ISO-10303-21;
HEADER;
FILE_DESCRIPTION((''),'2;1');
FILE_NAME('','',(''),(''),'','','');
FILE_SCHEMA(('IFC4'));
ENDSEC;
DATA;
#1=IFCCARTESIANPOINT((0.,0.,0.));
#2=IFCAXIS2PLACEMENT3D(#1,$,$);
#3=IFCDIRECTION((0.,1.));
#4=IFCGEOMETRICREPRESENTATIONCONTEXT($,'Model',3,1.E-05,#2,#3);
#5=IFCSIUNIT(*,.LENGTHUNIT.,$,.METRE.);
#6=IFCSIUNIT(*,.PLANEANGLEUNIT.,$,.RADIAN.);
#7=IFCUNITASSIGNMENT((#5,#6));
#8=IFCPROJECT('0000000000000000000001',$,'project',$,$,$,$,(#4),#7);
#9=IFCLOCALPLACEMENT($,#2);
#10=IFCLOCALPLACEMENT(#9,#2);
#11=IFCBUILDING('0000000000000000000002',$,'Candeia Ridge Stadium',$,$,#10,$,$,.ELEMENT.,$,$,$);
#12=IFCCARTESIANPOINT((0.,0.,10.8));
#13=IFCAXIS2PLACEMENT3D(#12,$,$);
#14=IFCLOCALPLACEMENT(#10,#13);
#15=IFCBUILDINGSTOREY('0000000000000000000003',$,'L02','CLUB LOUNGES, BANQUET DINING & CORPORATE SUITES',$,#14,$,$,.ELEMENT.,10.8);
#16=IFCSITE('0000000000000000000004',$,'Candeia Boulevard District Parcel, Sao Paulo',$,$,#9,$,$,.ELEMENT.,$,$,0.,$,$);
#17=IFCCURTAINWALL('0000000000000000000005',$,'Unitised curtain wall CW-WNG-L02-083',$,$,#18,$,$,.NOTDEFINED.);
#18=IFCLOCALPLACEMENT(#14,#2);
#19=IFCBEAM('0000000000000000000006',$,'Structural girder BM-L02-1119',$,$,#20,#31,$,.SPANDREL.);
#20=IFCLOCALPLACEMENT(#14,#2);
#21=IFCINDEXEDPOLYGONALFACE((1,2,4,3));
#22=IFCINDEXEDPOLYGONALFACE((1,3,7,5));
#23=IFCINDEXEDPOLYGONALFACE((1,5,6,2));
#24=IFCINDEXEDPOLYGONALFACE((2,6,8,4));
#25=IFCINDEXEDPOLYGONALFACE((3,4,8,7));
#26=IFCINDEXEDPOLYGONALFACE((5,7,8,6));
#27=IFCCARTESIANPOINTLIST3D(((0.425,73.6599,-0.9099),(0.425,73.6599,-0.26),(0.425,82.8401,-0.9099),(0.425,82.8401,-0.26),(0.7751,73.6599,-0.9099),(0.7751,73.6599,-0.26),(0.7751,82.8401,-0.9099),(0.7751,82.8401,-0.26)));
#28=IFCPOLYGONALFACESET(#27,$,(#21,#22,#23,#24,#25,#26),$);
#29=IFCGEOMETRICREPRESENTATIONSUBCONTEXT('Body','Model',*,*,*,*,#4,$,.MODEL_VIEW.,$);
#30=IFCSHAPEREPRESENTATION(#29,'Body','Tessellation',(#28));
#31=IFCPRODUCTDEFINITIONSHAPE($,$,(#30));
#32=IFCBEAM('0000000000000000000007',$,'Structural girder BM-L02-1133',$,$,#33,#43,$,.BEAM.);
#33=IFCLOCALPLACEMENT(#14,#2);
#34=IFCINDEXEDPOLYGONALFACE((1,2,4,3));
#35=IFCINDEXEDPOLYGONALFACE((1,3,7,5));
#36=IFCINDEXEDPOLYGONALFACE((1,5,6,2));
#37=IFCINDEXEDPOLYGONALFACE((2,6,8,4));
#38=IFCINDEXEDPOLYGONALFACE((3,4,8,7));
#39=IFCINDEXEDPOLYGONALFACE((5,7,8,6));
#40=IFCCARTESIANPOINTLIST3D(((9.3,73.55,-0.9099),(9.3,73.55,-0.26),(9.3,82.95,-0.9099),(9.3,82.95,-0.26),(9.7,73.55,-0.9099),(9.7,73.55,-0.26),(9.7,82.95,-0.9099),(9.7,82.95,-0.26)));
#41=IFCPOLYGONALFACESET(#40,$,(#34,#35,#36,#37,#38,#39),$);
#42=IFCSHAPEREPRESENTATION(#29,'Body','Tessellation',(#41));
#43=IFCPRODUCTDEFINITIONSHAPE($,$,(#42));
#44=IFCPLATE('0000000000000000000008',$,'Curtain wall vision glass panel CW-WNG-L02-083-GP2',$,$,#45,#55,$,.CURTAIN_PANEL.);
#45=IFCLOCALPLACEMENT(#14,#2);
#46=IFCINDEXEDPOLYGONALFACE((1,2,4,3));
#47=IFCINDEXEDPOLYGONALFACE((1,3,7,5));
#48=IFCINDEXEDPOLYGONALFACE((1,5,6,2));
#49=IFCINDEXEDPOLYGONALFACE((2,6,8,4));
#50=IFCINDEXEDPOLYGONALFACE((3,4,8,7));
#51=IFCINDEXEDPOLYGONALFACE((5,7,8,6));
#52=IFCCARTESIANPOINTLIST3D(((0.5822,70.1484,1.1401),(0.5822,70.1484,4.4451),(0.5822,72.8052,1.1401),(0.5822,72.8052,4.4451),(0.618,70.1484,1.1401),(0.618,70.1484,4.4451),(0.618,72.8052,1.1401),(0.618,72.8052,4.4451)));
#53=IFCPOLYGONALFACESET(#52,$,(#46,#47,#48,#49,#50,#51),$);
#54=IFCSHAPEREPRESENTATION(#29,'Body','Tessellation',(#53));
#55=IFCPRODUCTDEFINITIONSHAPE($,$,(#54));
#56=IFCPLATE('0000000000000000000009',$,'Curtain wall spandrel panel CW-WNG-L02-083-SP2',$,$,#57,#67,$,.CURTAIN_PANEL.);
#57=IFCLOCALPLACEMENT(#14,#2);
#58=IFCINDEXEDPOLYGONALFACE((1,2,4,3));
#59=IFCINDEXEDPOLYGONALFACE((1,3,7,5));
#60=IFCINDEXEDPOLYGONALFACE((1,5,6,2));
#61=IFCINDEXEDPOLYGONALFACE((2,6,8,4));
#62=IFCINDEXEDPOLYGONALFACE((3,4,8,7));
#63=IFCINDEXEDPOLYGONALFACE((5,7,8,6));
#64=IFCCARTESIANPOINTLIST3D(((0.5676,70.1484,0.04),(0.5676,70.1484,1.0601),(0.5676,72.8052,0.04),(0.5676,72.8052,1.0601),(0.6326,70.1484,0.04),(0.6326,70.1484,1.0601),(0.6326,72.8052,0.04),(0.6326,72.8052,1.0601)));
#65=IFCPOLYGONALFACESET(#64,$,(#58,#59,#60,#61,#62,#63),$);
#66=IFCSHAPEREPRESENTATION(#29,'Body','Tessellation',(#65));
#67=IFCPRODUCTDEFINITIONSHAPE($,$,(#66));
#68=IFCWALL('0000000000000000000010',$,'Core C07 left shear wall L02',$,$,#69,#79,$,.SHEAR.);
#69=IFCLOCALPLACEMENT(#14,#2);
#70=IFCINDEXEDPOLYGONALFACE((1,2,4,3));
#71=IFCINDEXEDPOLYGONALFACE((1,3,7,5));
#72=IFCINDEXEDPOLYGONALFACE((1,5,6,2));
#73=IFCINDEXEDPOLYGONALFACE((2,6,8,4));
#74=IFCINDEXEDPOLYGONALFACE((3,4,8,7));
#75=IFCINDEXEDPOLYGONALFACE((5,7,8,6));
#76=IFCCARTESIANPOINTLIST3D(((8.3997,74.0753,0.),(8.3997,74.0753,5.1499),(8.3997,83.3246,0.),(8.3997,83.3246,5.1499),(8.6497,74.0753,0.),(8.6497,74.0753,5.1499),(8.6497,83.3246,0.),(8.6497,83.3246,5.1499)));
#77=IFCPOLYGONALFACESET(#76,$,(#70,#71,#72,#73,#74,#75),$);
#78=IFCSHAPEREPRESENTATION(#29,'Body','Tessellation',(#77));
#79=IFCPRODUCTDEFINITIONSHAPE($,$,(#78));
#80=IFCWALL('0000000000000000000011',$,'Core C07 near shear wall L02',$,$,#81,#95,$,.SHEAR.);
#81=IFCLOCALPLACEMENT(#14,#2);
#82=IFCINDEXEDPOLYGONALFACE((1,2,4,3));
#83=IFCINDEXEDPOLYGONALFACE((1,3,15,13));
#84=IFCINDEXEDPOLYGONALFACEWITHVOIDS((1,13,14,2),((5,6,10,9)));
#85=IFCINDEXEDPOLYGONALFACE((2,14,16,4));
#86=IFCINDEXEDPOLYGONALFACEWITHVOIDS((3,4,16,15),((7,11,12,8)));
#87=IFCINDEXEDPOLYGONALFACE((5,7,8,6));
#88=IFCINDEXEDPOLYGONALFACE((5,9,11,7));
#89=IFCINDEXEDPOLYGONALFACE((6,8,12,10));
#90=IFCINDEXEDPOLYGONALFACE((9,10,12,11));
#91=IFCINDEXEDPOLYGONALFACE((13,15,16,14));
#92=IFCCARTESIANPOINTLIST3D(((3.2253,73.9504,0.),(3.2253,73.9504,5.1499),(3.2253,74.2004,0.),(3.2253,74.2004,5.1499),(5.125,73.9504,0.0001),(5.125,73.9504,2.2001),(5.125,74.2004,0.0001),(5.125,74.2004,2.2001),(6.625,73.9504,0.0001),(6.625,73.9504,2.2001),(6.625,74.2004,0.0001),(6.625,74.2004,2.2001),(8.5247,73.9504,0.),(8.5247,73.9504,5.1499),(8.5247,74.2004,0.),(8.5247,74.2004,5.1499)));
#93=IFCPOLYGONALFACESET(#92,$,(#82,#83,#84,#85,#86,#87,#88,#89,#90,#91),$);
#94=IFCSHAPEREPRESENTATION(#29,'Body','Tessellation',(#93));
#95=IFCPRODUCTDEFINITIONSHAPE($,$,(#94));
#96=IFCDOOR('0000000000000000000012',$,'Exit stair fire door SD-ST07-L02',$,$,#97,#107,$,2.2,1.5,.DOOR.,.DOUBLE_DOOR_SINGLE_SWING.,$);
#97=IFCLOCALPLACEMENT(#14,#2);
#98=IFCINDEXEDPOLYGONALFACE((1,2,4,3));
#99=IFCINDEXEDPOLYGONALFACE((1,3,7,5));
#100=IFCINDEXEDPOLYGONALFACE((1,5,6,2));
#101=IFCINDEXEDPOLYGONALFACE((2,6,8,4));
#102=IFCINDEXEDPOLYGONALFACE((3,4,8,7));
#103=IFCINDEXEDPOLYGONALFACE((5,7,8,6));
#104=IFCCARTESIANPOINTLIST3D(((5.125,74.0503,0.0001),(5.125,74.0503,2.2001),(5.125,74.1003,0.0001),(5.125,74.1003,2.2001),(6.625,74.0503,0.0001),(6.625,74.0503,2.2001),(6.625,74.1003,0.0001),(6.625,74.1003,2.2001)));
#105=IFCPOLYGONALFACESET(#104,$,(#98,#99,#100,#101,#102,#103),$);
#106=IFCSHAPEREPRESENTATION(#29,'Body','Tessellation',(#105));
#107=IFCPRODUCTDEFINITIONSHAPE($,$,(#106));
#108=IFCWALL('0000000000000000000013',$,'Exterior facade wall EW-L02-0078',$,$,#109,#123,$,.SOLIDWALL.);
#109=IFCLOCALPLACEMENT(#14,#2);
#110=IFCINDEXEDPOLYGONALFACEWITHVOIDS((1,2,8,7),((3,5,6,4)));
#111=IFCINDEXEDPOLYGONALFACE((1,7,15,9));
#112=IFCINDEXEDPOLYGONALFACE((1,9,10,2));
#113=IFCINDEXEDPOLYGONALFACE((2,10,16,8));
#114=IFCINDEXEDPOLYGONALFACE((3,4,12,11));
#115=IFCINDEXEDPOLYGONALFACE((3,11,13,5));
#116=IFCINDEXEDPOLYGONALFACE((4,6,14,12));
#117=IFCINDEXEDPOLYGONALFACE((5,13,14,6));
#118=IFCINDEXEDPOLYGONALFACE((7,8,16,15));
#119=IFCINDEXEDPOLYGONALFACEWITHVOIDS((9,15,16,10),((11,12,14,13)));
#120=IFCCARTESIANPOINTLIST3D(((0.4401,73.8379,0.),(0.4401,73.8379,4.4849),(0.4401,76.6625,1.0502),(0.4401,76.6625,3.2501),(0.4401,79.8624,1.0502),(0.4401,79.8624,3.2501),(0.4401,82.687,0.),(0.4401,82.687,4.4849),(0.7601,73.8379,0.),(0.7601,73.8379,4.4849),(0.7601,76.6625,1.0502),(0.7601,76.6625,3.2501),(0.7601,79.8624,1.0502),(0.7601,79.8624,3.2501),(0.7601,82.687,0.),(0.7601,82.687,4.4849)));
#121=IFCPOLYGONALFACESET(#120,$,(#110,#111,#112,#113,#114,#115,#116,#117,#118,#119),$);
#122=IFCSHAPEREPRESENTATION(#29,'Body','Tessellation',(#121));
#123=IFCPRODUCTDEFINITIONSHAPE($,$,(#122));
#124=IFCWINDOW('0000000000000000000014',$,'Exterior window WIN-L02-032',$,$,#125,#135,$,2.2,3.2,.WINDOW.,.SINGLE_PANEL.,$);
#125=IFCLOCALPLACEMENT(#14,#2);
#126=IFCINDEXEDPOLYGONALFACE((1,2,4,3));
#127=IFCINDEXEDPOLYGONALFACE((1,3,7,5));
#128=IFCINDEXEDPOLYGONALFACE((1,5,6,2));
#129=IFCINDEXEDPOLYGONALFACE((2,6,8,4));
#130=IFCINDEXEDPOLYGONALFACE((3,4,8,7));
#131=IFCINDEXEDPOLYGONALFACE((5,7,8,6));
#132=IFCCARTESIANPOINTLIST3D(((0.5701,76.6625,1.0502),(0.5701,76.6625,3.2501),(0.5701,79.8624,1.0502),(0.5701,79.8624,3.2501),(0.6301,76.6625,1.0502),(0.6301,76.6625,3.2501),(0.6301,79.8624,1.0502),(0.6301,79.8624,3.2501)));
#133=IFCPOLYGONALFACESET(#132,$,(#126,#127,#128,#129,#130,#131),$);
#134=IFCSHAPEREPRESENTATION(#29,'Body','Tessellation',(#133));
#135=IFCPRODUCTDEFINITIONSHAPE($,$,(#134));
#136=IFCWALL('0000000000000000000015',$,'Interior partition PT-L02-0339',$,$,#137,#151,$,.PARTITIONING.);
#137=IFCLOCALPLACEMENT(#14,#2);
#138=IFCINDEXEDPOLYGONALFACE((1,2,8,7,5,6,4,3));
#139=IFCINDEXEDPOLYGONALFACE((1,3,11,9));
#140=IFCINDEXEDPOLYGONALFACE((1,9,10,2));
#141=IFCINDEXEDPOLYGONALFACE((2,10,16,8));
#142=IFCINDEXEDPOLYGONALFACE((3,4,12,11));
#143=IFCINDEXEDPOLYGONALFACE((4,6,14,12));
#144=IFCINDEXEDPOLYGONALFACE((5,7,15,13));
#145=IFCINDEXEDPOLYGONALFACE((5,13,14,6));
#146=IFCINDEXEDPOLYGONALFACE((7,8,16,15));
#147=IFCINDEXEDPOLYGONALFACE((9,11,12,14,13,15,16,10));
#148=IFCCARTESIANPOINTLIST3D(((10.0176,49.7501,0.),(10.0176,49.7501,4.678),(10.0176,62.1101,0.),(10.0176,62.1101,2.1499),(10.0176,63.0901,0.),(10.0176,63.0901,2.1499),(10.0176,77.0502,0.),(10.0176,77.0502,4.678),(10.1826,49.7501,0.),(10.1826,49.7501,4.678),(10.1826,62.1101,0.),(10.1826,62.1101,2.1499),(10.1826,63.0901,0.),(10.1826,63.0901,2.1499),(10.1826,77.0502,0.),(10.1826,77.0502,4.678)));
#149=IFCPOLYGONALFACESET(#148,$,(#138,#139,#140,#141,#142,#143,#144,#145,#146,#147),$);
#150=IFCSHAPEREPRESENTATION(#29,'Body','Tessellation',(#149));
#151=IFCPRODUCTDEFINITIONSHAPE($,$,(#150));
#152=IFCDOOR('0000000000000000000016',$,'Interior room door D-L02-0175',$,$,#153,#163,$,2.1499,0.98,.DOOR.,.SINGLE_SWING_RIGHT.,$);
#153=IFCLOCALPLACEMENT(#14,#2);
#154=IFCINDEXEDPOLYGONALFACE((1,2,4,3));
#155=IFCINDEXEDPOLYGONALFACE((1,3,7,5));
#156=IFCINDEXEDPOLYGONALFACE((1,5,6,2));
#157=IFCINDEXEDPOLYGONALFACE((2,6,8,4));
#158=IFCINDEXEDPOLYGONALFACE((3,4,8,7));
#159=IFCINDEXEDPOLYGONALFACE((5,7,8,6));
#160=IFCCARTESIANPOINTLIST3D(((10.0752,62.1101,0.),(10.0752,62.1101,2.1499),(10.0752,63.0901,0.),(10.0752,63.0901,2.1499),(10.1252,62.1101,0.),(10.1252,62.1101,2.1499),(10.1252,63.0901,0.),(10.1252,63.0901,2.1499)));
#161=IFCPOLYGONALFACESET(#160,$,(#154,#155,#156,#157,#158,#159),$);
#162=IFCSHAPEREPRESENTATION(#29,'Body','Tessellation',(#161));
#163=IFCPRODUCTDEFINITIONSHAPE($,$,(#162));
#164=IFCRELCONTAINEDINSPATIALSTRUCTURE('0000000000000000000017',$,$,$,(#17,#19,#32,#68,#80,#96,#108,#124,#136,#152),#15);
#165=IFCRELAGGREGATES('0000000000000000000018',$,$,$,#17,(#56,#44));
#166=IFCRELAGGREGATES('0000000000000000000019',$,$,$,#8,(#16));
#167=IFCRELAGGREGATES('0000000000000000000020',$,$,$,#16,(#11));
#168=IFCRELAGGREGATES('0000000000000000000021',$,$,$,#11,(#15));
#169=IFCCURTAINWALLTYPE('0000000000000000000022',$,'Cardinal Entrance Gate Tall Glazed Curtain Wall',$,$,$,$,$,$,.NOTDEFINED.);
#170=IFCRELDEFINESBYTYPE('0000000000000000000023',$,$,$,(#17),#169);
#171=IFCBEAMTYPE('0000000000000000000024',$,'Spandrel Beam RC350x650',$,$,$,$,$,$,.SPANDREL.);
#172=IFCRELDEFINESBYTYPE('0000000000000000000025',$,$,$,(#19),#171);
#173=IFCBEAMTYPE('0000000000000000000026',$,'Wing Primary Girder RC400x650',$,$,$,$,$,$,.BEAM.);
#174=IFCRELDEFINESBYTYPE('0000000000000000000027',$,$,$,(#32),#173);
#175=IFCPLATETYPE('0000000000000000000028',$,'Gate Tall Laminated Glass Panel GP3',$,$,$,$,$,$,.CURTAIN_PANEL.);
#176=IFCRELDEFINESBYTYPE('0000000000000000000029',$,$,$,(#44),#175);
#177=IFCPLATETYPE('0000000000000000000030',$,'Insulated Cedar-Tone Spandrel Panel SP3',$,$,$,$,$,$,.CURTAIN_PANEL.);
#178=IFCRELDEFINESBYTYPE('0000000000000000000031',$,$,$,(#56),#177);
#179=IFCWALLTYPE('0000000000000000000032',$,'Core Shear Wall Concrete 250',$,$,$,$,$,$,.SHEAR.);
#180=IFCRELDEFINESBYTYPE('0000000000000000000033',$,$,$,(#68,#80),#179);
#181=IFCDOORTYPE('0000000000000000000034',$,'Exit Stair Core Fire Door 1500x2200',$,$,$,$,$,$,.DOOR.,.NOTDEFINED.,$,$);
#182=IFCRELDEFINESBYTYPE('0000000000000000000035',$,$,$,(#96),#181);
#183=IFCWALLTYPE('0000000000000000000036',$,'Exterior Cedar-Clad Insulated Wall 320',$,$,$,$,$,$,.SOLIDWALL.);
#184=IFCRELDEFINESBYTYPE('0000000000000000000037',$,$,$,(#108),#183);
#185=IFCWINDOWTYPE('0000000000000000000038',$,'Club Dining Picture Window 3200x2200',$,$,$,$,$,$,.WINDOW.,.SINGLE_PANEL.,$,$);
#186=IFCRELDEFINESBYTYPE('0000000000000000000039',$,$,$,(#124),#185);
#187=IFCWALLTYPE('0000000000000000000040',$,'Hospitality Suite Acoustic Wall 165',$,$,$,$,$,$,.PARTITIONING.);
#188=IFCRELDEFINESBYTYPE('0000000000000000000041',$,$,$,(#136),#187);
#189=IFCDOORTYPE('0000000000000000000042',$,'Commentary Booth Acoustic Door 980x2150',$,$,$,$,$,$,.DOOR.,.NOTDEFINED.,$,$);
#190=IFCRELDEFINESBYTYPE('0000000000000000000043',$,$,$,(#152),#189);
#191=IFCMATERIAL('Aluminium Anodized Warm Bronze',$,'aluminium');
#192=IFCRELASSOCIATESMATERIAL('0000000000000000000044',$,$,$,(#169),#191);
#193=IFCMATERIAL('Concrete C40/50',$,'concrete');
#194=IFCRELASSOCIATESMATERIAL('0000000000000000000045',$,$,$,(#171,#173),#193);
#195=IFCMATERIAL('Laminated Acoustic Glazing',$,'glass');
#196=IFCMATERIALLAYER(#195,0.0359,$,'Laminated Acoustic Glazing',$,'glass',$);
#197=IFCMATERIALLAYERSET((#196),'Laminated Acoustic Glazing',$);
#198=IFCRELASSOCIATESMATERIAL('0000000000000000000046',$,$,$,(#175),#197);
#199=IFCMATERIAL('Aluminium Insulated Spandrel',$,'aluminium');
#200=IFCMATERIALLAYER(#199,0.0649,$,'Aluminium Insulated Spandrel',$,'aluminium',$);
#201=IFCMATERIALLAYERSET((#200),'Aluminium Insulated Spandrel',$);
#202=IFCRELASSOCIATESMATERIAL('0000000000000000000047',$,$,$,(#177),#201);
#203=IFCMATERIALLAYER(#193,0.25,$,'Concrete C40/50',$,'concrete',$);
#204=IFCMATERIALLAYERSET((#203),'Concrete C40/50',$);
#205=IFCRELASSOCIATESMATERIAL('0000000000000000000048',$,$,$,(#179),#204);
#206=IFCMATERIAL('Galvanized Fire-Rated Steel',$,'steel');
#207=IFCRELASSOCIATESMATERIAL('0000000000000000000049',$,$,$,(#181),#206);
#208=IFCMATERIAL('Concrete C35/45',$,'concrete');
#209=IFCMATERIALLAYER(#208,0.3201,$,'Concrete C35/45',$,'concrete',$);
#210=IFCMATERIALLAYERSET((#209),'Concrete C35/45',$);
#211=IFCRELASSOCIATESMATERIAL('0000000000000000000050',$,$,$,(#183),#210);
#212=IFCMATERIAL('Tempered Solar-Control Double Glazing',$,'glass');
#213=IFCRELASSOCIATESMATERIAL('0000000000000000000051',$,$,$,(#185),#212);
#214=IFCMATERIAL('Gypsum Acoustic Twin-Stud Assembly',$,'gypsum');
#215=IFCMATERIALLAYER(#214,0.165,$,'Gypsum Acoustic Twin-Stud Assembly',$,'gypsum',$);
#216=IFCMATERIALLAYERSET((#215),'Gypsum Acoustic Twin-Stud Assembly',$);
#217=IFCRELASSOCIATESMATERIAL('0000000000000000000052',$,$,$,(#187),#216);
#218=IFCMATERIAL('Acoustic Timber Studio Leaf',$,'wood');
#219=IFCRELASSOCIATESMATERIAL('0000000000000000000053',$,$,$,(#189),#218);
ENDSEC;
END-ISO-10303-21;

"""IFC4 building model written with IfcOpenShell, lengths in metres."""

from ifc_helpers import new_model, si_unit, direction, frame, frame_2d, origin, origin_2d, place, context, subcontext, project, spatial, rectangle, extrude, material, layer, layer_set, material_profile, profile_set, type_object, element, fill, aggregate, save


model = new_model("IFC4")

# Units and contexts
model_context = context("Model", 3, precision=1e-05, world=origin(), true_north=direction((0.0, 1.0)))
body_context = subcontext(model_context, "Body", "Model", "MODEL_VIEW")
ifc_project = project(units=[si_unit("LENGTHUNIT", "METRE"), si_unit("PLANEANGLEUNIT", "RADIAN")], contexts=[model_context])

# Site, building, storey
site_placement = place(None, origin())
site = spatial("IfcSite", under=ifc_project, at=site_placement, Name="Candeia Boulevard District Parcel, Sao Paulo", CompositionType="ELEMENT", RefElevation=0.0)
building_placement = place(site_placement, origin())
building = spatial("IfcBuilding", under=site, at=building_placement, Name="Candeia Ridge Stadium", CompositionType="ELEMENT")
storey_placement = place(building_placement, frame((0.0, 0.0, 10.8)))
storey = spatial("IfcBuildingStorey", under=building, at=storey_placement, Name="L02", Description="CLUB LOUNGES, BANQUET DINING & CORPORATE SUITES", CompositionType="ELEMENT", Elevation=10.8)

# Shared definitions
ifc_material_1 = material(Name="Concrete C40/50", Category="concrete")

# Curtain wall
ifc_material_2 = material(Name="Aluminium Anodized Warm Bronze", Category="aluminium")
curtain_wall_type = type_object("IfcCurtainWallType", Name="Cardinal Entrance Gate Tall Glazed Curtain Wall", PredefinedType="NOTDEFINED", material=ifc_material_2)
curtain_wall_placement = place(storey_placement, origin())
curtain_wall = element("IfcCurtainWall", 1, at=curtain_wall_placement, inside=storey, type_object=curtain_wall_type, Name="Unitised curtain wall CW-WNG-L02-083", PredefinedType="NOTDEFINED")

# Beams
ifc_material_profile_1 = material_profile(ifc_material_1, rectangle(XDim=0.3501, YDim=0.6499, at=origin_2d()), Name="RC350x650", Category="concrete")
ifc_profile_set_1 = profile_set([ifc_material_profile_1], Name="Concrete C40/50")
beam_type_1 = type_object("IfcBeamType", Name="Spandrel Beam RC350x650", PredefinedType="SPANDREL", material=ifc_profile_set_1)
beam_1_placement = place(storey_placement, frame((0.6001, 73.6599, -0.585), z_axis=(0.0, 1.0, 0.0), x_axis=(-1.0, 0.0, 0.0)))
element("IfcBeam", 2, at=beam_1_placement, inside=storey, type_object=beam_type_1, Name="Structural girder BM-L02-1119", PredefinedType="SPANDREL", context=body_context, shape_type="SweptSolid", body=[
    extrude(rectangle(XDim=0.3501, YDim=0.6499, at=origin_2d()), origin(), (0.0, 0.0, 1.0), 9.1802),
])
ifc_material_profile_2 = material_profile(ifc_material_1, rectangle(XDim=0.3999, YDim=0.6499, at=origin_2d()), Name="RC400x650", Category="concrete")
ifc_profile_set_2 = profile_set([ifc_material_profile_2], Name="Concrete C40/50")
beam_type_2 = type_object("IfcBeamType", Name="Wing Primary Girder RC400x650", PredefinedType="BEAM", material=ifc_profile_set_2)
beam_2_placement = place(storey_placement, frame((9.5, 73.55, -0.585), z_axis=(0.0, 1.0, 0.0), x_axis=(-1.0, 0.0, 0.0)))
element("IfcBeam", 3, at=beam_2_placement, inside=storey, type_object=beam_type_2, Name="Structural girder BM-L02-1133", PredefinedType="BEAM", context=body_context, shape_type="SweptSolid", body=[
    extrude(rectangle(XDim=0.3999, YDim=0.6499, at=origin_2d()), origin(), (0.0, 0.0, 1.0), 9.3999),
])

# Plates
ifc_material_3 = material(Name="Laminated Acoustic Glazing", Category="glass")
ifc_layer_1 = layer(ifc_material_3, 0.0359, Name="Laminated Acoustic Glazing", Category="glass")
ifc_layer_set_1 = layer_set([ifc_layer_1], Name="Laminated Acoustic Glazing")
plate_type_1 = type_object("IfcPlateType", Name="Gate Tall Laminated Glass Panel GP3", PredefinedType="CURTAIN_PANEL", material=ifc_layer_set_1)
plate_1_placement = place(storey_placement, frame((0.6001, 71.4768, 1.1401), z_axis=(0.0, 0.0, 1.0), x_axis=(0.0, 1.0, 0.0)))
plate_1 = element("IfcPlate", 4, at=plate_1_placement, type_object=plate_type_1, Name="Curtain wall vision glass panel CW-WNG-L02-083-GP2", PredefinedType="CURTAIN_PANEL", context=body_context, shape_type="SweptSolid", body=[
    extrude(rectangle(XDim=2.6567, YDim=0.0359, at=origin_2d()), origin(), (0.0, 0.0, 1.0), 3.3049),
])
ifc_material_4 = material(Name="Aluminium Insulated Spandrel", Category="aluminium")
ifc_layer_2 = layer(ifc_material_4, 0.0649, Name="Aluminium Insulated Spandrel", Category="aluminium")
ifc_layer_set_2 = layer_set([ifc_layer_2], Name="Aluminium Insulated Spandrel")
plate_type_2 = type_object("IfcPlateType", Name="Insulated Cedar-Tone Spandrel Panel SP3", PredefinedType="CURTAIN_PANEL", material=ifc_layer_set_2)
plate_2_placement = place(storey_placement, frame((0.6001, 71.4768, 0.04), z_axis=(0.0, 0.0, 1.0), x_axis=(0.0, 1.0, 0.0)))
plate_2 = element("IfcPlate", 5, at=plate_2_placement, type_object=plate_type_2, Name="Curtain wall spandrel panel CW-WNG-L02-083-SP2", PredefinedType="CURTAIN_PANEL", context=body_context, shape_type="SweptSolid", body=[
    extrude(rectangle(XDim=2.6567, YDim=0.0649, at=origin_2d()), origin(), (0.0, 0.0, 1.0), 1.02),
])
aggregate(curtain_wall, [plate_2, plate_1])

# Wall
ifc_layer_3 = layer(ifc_material_1, 0.25, Name="Concrete C40/50", Category="concrete")
ifc_layer_set_3 = layer_set([ifc_layer_3], Name="Concrete C40/50")
wall_type_1 = type_object("IfcWallType", Name="Core Shear Wall Concrete 250", PredefinedType="SHEAR", material=ifc_layer_set_3)
wall_1_placement = place(storey_placement, frame((8.5247, 74.0754, 0.0), z_axis=(0.0, 0.0, 1.0), x_axis=(0.0, 1.0, 0.0)))
element("IfcWall", 6, at=wall_1_placement, inside=storey, type_object=wall_type_1, Name="Core C07 left shear wall L02", PredefinedType="SHEAR", context=body_context, shape_type="SweptSolid", body=[
    extrude(rectangle(XDim=9.2493, YDim=0.25, at=frame_2d((4.6245, 0.0))), origin(), (0.0, 0.0, 1.0), 5.1499),
])

# Wall, opening, door
wall_2_placement = place(storey_placement, frame((3.2253, 74.0754, 0.0), z_axis=(0.0, 0.0, 1.0), x_axis=(1.0, 0.0, 0.0)))
wall_2 = element("IfcWall", 7, at=wall_2_placement, inside=storey, type_object=wall_type_1, Name="Core C07 near shear wall L02", PredefinedType="SHEAR", context=body_context, shape_type="SweptSolid", body=[
    extrude(rectangle(XDim=5.2993, YDim=0.25, at=frame_2d((2.6497, 0.0))), origin(), (0.0, 0.0, 1.0), 5.1499),
])
opening_1_placement = place(wall_2_placement, frame((1.8997, 0.0, 0.0)))
opening_1 = element("IfcOpeningElement", 8, at=opening_1_placement, cuts=wall_2, PredefinedType="OPENING", context=body_context, shape_type="SweptSolid", body=[
    extrude(rectangle(XDim=1.5, YDim=2.2, at=frame_2d((0.75, 1.1001))), frame((0.0, 0.135, 0.0), z_axis=(0.0, -1.0, 0.0), x_axis=(1.0, 0.0, 0.0)), (0.0, 0.0, 1.0), 0.27),
])
ifc_material_5 = material(Name="Galvanized Fire-Rated Steel", Category="steel")
door_type_1 = type_object("IfcDoorType", Name="Exit Stair Core Fire Door 1500x2200", OperationType="NOTDEFINED", PredefinedType="DOOR", material=ifc_material_5)
door_1_placement = place(opening_1_placement, origin())
door_1 = element("IfcDoor", 9, at=door_1_placement, inside=storey, type_object=door_type_1, Name="Exit stair fire door SD-ST07-L02", OperationType="DOUBLE_DOOR_SINGLE_SWING", OverallHeight=2.2, OverallWidth=1.5, PredefinedType="DOOR", context=body_context, shape_type="SweptSolid", body=[
    extrude(rectangle(XDim=1.5, YDim=2.2, at=frame_2d((0.75, 1.1001))), frame((0.0, 0.0249, 0.0), z_axis=(0.0, -1.0, 0.0), x_axis=(1.0, 0.0, 0.0)), (0.0, 0.0, 1.0), 0.05),
])
fill(opening_1, door_1)

# Wall, opening, window
ifc_material_6 = material(Name="Concrete C35/45", Category="concrete")
ifc_layer_4 = layer(ifc_material_6, 0.3201, Name="Concrete C35/45", Category="concrete")
ifc_layer_set_4 = layer_set([ifc_layer_4], Name="Concrete C35/45")
wall_type_2 = type_object("IfcWallType", Name="Exterior Cedar-Clad Insulated Wall 320", PredefinedType="SOLIDWALL", material=ifc_layer_set_4)
wall_3_placement = place(storey_placement, frame((0.6001, 73.8379, 0.0), z_axis=(0.0, 0.0, 1.0), x_axis=(0.0, 1.0, 0.0)))
wall_3 = element("IfcWall", 10, at=wall_3_placement, inside=storey, type_object=wall_type_2, Name="Exterior facade wall EW-L02-0078", PredefinedType="SOLIDWALL", context=body_context, shape_type="SweptSolid", body=[
    extrude(rectangle(XDim=8.8491, YDim=0.3201, at=frame_2d((4.4246, 0.0))), origin(), (0.0, 0.0, 1.0), 4.4849),
])
opening_2_placement = place(wall_3_placement, frame((2.8245, 0.0, 1.05)))
opening_2 = element("IfcOpeningElement", 11, at=opening_2_placement, cuts=wall_3, PredefinedType="OPENING", context=body_context, shape_type="SweptSolid", body=[
    extrude(rectangle(XDim=3.2, YDim=2.2, at=frame_2d((1.6001, 1.1001))), frame((0.0, 0.1699, 0.0), z_axis=(0.0, -1.0, 0.0), x_axis=(1.0, 0.0, 0.0)), (0.0, 0.0, 1.0), 0.3401),
])
ifc_material_7 = material(Name="Tempered Solar-Control Double Glazing", Category="glass")
window_type = type_object("IfcWindowType", Name="Club Dining Picture Window 3200x2200", PartitioningType="SINGLE_PANEL", PredefinedType="WINDOW", material=ifc_material_7)
window_placement = place(opening_2_placement, origin())
window = element("IfcWindow", 12, at=window_placement, inside=storey, type_object=window_type, Name="Exterior window WIN-L02-032", OverallHeight=2.2, OverallWidth=3.2, PartitioningType="SINGLE_PANEL", PredefinedType="WINDOW", context=body_context, shape_type="SweptSolid", body=[
    extrude(rectangle(XDim=3.2, YDim=2.2, at=frame_2d((1.6001, 1.1001))), frame((0.0, 0.03, 0.0), z_axis=(0.0, -1.0, 0.0), x_axis=(1.0, 0.0, 0.0)), (0.0, 0.0, 1.0), 0.0601),
])
fill(opening_2, window)

# Wall, opening, door
ifc_material_8 = material(Name="Gypsum Acoustic Twin-Stud Assembly", Category="gypsum")
ifc_layer_5 = layer(ifc_material_8, 0.165, Name="Gypsum Acoustic Twin-Stud Assembly", Category="gypsum")
ifc_layer_set_5 = layer_set([ifc_layer_5], Name="Gypsum Acoustic Twin-Stud Assembly")
wall_type_3 = type_object("IfcWallType", Name="Hospitality Suite Acoustic Wall 165", PredefinedType="PARTITIONING", material=ifc_layer_set_5)
wall_4_placement = place(storey_placement, frame((10.1001, 77.05, 0.0), z_axis=(0.0, 0.0, 1.0), x_axis=(0.0, -1.0, 0.0)))
wall_4 = element("IfcWall", 13, at=wall_4_placement, inside=storey, type_object=wall_type_3, Name="Interior partition PT-L02-0339", PredefinedType="PARTITIONING", context=body_context, shape_type="SweptSolid", body=[
    extrude(rectangle(XDim=27.3, YDim=0.165, at=frame_2d((13.6499, 0.0))), origin(), (0.0, 0.0, 1.0), 4.678),
])
opening_3_placement = place(wall_4_placement, frame((13.96, 0.0, 0.0)))
opening_3 = element("IfcOpeningElement", 14, at=opening_3_placement, cuts=wall_4, PredefinedType="OPENING", context=body_context, shape_type="SweptSolid", body=[
    extrude(rectangle(XDim=0.98, YDim=2.1499, at=frame_2d((0.49, 1.075))), frame((0.0, 0.0925, 0.0), z_axis=(0.0, -1.0, 0.0), x_axis=(1.0, 0.0, 0.0)), (0.0, 0.0, 1.0), 0.1851),
])
ifc_material_9 = material(Name="Acoustic Timber Studio Leaf", Category="wood")
door_type_2 = type_object("IfcDoorType", Name="Commentary Booth Acoustic Door 980x2150", OperationType="NOTDEFINED", PredefinedType="DOOR", material=ifc_material_9)
door_2_placement = place(opening_3_placement, frame((0.98, 0.0, 0.0), z_axis=(0.0, 0.0, 1.0), x_axis=(-1.0, 0.0, 0.0)))
door_2 = element("IfcDoor", 15, at=door_2_placement, inside=storey, type_object=door_type_2, Name="Interior room door D-L02-0175", OperationType="SINGLE_SWING_RIGHT", OverallHeight=2.1499, OverallWidth=0.98, PredefinedType="DOOR", context=body_context, shape_type="SweptSolid", body=[
    extrude(rectangle(XDim=0.98, YDim=2.1499, at=frame_2d((0.49, 1.075))), frame((0.0, 0.0249, 0.0), z_axis=(0.0, -1.0, 0.0), x_axis=(1.0, 0.0, 0.0)), (0.0, 0.0, 1.0), 0.05),
])
fill(opening_3, door_2)

save(model, "model.ifc")
